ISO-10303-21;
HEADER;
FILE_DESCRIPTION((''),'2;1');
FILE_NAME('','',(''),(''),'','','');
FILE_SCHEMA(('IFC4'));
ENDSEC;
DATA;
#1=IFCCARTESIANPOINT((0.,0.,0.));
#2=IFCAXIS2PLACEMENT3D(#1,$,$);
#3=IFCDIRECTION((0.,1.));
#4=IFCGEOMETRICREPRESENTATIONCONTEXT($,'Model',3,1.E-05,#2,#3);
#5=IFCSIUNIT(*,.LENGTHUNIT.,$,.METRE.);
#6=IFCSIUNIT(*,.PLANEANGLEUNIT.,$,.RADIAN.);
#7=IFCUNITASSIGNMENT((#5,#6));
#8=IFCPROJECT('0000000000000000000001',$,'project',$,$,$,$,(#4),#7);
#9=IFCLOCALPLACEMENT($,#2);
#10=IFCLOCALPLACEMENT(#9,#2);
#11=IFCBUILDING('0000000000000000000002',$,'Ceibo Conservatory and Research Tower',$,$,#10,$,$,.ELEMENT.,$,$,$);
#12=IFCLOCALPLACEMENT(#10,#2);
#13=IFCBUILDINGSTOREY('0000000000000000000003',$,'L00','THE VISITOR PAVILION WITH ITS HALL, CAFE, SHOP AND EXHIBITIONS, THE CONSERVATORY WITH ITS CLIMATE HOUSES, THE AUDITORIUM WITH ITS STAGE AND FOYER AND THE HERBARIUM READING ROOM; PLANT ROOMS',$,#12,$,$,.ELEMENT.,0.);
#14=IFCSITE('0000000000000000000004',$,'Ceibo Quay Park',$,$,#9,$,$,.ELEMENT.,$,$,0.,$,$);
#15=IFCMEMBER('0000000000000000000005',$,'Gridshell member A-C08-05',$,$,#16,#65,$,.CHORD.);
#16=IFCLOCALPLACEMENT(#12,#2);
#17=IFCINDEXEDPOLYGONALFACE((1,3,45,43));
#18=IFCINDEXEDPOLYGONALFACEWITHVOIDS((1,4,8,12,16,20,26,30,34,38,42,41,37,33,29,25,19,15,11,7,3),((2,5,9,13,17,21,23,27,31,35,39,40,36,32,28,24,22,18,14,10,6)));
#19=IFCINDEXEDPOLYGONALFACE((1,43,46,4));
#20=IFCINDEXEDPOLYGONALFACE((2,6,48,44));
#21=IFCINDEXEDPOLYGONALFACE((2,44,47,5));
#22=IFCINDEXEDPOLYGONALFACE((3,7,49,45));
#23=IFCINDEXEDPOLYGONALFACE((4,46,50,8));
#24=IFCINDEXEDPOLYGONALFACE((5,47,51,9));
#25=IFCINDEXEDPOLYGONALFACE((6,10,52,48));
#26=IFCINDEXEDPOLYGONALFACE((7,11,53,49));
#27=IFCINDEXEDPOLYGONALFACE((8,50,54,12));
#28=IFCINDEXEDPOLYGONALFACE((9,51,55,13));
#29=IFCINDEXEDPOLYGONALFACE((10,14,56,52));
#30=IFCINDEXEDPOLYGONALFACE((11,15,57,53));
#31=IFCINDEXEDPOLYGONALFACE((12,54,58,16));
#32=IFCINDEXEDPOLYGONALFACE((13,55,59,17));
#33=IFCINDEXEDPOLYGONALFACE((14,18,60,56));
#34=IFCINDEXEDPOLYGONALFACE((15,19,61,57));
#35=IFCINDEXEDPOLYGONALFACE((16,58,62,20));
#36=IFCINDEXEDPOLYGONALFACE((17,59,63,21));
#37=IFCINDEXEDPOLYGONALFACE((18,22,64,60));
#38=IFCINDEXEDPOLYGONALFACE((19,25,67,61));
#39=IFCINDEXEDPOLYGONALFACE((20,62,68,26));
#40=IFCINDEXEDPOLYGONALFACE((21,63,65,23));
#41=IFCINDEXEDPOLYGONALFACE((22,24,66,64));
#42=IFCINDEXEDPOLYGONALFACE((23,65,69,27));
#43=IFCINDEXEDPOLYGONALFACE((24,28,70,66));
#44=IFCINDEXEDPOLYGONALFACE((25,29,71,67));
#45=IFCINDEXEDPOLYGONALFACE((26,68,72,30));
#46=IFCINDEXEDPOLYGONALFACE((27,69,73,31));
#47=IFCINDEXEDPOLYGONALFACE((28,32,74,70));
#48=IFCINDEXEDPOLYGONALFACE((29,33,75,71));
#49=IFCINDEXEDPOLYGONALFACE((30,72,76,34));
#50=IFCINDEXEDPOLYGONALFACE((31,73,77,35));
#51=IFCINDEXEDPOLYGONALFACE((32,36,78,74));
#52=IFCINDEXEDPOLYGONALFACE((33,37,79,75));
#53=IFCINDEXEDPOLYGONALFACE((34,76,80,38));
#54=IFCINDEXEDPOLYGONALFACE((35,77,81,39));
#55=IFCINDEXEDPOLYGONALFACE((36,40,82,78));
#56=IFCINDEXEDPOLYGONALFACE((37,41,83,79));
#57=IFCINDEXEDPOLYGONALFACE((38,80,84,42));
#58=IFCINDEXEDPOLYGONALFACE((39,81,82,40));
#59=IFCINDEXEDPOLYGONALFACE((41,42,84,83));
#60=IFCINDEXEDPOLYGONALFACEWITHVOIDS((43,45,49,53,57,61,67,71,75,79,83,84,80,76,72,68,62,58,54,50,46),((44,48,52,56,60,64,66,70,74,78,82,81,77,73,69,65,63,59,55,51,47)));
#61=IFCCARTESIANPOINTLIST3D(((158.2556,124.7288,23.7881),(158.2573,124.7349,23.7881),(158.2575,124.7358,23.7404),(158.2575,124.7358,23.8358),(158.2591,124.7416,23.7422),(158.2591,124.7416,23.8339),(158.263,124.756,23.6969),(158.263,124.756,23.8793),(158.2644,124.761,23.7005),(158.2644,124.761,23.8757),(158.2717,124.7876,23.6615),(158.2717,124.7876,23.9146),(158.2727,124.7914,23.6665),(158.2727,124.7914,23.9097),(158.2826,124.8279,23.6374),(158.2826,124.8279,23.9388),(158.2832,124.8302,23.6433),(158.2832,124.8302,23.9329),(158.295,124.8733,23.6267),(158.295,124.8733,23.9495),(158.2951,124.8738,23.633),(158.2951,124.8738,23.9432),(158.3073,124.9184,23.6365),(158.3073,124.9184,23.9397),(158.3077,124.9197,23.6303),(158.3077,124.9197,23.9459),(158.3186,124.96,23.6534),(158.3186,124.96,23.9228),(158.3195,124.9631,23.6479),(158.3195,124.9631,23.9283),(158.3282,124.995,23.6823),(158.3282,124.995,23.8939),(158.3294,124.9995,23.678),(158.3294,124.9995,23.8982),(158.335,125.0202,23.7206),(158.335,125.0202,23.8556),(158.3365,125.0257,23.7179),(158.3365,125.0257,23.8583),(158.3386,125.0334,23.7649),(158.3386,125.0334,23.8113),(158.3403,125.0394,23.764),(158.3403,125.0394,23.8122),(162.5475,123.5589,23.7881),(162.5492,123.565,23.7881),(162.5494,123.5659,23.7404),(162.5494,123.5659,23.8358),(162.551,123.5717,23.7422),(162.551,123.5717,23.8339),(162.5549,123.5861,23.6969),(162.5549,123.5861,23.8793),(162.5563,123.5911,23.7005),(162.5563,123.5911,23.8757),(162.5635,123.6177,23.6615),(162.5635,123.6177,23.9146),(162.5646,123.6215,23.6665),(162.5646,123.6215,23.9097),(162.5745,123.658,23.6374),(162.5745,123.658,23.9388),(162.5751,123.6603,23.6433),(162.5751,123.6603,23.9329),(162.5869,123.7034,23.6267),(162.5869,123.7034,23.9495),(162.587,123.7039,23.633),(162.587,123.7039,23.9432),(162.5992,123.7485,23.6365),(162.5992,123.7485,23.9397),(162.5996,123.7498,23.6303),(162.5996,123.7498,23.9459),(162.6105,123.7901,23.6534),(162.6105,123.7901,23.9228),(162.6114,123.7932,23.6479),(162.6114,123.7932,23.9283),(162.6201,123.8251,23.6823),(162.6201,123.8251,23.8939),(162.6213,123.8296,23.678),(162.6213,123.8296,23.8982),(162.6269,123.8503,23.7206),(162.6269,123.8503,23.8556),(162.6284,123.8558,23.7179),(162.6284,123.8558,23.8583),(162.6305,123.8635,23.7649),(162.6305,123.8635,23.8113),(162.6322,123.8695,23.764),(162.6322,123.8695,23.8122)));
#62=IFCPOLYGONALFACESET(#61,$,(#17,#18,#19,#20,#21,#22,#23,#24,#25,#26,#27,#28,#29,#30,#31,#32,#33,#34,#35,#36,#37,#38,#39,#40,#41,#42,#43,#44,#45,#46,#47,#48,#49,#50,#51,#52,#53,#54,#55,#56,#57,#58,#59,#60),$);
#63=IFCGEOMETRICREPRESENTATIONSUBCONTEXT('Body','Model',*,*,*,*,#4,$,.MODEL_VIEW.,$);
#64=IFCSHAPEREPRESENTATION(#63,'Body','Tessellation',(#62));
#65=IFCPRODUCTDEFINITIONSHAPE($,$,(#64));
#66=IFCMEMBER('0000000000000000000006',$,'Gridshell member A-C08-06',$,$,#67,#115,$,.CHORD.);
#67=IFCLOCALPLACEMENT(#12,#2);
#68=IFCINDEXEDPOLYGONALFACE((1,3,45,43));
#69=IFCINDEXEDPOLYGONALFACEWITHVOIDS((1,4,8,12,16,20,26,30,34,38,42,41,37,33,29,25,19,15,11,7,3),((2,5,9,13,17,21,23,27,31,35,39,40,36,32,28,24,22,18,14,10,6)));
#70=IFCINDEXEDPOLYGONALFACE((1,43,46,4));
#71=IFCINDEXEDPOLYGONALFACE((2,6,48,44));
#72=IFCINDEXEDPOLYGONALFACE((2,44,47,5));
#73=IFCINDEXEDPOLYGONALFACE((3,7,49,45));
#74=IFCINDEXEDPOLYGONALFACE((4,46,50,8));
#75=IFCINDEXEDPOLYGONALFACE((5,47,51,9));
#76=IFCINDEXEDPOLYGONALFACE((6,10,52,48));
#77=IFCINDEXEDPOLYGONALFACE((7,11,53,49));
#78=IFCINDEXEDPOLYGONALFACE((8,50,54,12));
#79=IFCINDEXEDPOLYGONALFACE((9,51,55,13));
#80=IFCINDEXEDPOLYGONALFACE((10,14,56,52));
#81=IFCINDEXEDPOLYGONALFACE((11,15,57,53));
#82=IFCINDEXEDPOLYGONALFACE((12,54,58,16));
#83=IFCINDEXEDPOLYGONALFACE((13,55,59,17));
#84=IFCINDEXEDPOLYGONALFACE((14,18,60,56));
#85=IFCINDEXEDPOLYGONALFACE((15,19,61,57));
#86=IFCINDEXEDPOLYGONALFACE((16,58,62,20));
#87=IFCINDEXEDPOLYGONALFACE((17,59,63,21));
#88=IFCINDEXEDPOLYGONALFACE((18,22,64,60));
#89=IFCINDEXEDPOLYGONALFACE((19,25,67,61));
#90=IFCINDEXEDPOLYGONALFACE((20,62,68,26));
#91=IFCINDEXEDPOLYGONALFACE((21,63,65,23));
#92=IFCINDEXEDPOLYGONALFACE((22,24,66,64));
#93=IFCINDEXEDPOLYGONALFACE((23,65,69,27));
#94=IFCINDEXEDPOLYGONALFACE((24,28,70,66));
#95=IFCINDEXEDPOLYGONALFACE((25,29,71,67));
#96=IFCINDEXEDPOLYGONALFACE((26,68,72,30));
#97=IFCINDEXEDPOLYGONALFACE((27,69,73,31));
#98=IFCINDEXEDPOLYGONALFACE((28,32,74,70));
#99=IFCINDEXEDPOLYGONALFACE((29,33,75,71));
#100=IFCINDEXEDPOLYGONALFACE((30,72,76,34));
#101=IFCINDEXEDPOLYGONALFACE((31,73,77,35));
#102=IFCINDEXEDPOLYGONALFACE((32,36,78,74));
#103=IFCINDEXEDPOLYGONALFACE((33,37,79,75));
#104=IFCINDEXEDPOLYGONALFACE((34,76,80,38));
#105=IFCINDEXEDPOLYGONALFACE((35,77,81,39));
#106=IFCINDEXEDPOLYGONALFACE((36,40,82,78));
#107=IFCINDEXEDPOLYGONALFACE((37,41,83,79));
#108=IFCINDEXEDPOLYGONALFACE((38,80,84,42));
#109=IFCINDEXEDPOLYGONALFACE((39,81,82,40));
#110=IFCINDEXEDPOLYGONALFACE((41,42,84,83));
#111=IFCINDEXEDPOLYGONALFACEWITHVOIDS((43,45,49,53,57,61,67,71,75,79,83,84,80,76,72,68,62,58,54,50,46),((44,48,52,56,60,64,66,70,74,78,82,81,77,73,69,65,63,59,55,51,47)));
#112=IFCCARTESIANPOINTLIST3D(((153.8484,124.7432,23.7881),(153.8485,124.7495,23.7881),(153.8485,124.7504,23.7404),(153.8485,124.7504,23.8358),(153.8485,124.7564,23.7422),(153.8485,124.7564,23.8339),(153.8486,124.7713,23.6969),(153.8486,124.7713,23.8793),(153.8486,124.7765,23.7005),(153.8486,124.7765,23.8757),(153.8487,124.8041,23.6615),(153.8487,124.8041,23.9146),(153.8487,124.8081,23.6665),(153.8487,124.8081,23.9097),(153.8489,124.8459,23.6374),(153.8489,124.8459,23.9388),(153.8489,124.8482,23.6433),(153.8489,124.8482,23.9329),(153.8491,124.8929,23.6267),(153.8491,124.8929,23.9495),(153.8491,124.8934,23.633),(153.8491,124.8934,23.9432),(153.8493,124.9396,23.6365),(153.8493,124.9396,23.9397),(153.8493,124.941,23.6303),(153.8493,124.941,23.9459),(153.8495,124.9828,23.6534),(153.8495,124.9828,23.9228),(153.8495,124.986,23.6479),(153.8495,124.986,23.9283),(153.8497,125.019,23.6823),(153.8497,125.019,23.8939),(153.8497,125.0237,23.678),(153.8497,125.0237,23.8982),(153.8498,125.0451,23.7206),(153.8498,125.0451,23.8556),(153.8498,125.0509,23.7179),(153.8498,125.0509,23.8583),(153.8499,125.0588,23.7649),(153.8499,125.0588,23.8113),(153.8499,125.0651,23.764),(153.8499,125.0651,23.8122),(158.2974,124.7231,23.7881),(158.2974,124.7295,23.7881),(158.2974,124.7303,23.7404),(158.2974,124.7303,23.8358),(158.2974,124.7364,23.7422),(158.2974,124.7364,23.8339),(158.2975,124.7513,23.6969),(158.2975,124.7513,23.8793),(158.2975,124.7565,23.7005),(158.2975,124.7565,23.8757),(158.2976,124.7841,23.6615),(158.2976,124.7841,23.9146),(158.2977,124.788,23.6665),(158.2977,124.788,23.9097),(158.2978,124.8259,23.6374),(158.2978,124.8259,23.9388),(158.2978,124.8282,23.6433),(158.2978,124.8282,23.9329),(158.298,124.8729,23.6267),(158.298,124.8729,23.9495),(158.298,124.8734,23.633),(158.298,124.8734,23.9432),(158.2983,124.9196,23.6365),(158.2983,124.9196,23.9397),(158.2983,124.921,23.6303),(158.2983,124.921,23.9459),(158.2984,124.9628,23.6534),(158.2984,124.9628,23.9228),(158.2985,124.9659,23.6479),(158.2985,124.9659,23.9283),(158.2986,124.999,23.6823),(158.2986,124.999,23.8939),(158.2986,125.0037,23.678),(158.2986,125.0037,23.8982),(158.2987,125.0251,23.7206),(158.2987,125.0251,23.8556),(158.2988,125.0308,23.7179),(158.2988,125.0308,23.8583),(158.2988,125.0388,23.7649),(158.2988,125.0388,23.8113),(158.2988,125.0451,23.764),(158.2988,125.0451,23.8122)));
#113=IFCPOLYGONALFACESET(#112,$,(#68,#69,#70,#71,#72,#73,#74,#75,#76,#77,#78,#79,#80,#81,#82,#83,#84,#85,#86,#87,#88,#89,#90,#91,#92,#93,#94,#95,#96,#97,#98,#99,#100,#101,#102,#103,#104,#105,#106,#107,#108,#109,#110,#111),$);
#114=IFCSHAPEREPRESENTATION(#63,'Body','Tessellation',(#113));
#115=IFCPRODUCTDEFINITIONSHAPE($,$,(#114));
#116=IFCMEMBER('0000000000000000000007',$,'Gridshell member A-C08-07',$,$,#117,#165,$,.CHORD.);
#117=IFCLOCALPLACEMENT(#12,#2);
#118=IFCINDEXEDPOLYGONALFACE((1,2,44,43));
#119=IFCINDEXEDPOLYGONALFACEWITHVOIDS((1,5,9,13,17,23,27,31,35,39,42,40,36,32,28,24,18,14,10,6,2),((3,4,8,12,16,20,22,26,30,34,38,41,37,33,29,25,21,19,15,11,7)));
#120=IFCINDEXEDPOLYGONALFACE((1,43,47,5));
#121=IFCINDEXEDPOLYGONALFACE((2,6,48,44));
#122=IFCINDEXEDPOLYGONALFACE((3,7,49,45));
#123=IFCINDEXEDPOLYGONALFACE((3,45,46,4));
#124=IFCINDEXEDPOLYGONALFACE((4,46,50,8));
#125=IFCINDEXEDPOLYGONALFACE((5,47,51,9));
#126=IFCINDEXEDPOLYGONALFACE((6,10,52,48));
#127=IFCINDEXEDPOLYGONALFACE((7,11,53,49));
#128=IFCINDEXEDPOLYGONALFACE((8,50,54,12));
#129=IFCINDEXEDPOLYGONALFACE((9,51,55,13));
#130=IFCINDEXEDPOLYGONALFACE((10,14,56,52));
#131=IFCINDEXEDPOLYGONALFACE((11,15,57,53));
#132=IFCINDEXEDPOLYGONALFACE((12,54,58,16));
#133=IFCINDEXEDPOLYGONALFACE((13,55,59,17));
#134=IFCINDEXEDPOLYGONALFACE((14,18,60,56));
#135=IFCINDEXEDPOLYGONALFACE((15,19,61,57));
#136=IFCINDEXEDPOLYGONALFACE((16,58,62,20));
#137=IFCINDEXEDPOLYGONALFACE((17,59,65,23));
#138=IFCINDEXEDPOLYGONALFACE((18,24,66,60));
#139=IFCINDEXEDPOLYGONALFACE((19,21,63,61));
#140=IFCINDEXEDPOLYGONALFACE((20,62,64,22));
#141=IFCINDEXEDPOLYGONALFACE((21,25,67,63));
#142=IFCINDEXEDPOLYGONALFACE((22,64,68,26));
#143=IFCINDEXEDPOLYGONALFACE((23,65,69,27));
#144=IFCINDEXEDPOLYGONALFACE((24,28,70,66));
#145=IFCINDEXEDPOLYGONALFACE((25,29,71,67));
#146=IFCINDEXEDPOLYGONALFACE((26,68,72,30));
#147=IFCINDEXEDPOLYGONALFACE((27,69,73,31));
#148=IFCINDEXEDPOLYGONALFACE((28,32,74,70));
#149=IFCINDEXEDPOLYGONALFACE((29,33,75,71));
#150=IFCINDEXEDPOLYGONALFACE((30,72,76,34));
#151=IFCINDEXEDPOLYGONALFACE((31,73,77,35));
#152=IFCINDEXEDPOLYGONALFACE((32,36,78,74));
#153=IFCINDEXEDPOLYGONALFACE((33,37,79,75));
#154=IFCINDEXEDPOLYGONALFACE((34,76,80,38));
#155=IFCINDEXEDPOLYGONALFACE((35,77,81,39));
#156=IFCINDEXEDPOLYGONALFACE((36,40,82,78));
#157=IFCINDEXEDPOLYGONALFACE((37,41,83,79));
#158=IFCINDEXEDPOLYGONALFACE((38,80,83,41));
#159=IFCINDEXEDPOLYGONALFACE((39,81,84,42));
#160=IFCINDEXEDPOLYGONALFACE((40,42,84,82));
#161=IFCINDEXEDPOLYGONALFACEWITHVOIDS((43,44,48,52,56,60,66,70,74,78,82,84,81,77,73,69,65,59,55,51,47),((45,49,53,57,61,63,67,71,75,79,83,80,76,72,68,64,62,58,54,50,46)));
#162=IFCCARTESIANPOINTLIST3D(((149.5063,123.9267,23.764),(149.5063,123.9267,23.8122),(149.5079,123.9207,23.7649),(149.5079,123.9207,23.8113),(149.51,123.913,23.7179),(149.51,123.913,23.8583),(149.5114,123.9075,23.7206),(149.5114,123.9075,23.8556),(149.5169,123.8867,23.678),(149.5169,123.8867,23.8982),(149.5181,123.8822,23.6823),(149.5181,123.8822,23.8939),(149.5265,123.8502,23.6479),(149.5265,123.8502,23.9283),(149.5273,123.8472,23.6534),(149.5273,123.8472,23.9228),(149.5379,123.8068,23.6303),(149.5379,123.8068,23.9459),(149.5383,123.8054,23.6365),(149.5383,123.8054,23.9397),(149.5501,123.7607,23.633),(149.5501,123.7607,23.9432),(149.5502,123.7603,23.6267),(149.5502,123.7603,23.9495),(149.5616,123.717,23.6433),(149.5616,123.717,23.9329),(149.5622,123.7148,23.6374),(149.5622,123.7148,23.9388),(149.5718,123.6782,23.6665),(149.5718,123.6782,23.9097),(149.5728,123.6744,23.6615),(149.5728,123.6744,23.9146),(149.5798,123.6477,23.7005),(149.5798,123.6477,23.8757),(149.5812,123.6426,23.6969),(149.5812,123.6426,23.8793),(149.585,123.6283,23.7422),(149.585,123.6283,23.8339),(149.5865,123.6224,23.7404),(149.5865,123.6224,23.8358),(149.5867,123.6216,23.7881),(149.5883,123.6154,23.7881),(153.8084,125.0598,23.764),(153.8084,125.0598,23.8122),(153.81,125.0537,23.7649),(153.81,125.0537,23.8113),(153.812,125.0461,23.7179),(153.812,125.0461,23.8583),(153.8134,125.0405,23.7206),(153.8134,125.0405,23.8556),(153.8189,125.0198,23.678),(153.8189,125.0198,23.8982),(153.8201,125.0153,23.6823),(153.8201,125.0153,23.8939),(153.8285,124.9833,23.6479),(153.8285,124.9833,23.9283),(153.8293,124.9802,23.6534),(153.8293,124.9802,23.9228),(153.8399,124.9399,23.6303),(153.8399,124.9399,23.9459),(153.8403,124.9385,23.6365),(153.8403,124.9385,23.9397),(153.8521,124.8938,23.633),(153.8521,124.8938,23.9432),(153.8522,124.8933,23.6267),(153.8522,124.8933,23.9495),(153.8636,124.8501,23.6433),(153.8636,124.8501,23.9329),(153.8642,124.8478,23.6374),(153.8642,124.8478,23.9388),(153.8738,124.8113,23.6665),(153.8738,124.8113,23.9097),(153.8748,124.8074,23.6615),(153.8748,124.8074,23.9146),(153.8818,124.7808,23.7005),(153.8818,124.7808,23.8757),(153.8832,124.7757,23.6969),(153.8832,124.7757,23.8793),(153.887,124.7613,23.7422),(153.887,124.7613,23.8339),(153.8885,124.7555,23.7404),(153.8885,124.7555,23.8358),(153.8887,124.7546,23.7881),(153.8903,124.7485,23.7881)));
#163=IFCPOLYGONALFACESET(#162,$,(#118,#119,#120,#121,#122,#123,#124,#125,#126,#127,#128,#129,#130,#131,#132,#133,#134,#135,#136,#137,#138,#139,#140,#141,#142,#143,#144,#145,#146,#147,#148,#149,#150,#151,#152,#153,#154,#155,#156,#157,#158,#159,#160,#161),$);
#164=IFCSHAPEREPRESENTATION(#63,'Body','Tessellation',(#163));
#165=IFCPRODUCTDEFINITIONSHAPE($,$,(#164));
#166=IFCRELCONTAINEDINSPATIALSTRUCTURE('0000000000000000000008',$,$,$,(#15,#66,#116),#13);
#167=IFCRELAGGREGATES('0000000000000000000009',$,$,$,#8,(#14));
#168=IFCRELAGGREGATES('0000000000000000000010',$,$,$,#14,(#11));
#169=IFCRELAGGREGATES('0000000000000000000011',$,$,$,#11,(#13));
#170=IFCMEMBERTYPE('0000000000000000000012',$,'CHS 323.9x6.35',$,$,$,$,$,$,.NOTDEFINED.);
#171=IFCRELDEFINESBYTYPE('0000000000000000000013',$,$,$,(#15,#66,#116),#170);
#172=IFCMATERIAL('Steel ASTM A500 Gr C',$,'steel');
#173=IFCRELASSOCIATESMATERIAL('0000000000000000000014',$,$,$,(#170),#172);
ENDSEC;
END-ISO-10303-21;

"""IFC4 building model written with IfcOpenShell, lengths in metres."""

from ifc_helpers import new_model, si_unit, direction, frame, origin, origin_2d, place, context, subcontext, project, spatial, hollow_circle, extrude, material, material_profile, profile_set, type_object, element, save


model = new_model("IFC4")

# Units and contexts
model_context = context("Model", 3, precision=1e-05, world=origin(), true_north=direction((0.0, 1.0)))
body_context = subcontext(model_context, "Body", "Model", "MODEL_VIEW")
ifc_project = project(units=[si_unit("LENGTHUNIT", "METRE"), si_unit("PLANEANGLEUNIT", "RADIAN")], contexts=[model_context])

# Site, building, storey
site_placement = place(None, origin())
site = spatial("IfcSite", under=ifc_project, at=site_placement, Name="Ceibo Quay Park", CompositionType="ELEMENT", RefElevation=0.0)
building_placement = place(site_placement, origin())
building = spatial("IfcBuilding", under=site, at=building_placement, Name="Ceibo Conservatory and Research Tower", CompositionType="ELEMENT")
storey_placement = place(building_placement, origin())
storey = spatial("IfcBuildingStorey", under=building, at=storey_placement, Name="L00", Description="THE VISITOR PAVILION WITH ITS HALL, CAFE, SHOP AND EXHIBITIONS, THE CONSERVATORY WITH ITS CLIMATE HOUSES, THE AUDITORIUM WITH ITS STAGE AND FOYER AND THE HERBARIUM READING ROOM; PLANT ROOMS", CompositionType="ELEMENT", Elevation=0.0)

# Members
ifc_material_1 = material(Name="Steel ASTM A500 Gr C", Category="steel")
ifc_material_profile_1 = material_profile(ifc_material_1, hollow_circle(Radius=0.1619, WallThickness=0.0063, at=origin_2d()), Name="CHS 323.9x6.35")
ifc_profile_set_1 = profile_set([ifc_material_profile_1], Name="Steel ASTM A500 Gr C")
member_type_1 = type_object("IfcMemberType", Name="CHS 323.9x6.35", PredefinedType="NOTDEFINED", material=ifc_profile_set_1)
member_1_placement = place(storey_placement, frame((162.5901, 123.7151, 23.7881), z_axis=(-0.964799, 0.262987, 0.0), x_axis=(-0.262987, -0.964799, 0.0)))
element("IfcMember", 1, at=member_1_placement, inside=storey, type_object=member_type_1, Name="Gridshell member A-C08-05", PredefinedType="CHORD", context=body_context, shape_type="SweptSolid", body=[
    extrude(hollow_circle(Radius=0.1619, WallThickness=0.0063, at=origin_2d()), origin(), (0.0, 0.0, 1.0), 4.4485),
])
member_2_placement = place(storey_placement, frame((158.2981, 124.885, 23.7881), z_axis=(-0.99999, 0.0045, 0.0), x_axis=(-0.0045, -0.99999, 0.0)))
element("IfcMember", 2, at=member_2_placement, inside=storey, type_object=member_type_1, Name="Gridshell member A-C08-06", PredefinedType="CHORD", context=body_context, shape_type="SweptSolid", body=[
    extrude(hollow_circle(Radius=0.1619, WallThickness=0.0063, at=origin_2d()), origin(), (0.0, 0.0, 1.0), 4.449),
])
member_3_placement = place(storey_placement, frame((153.8491, 124.905, 23.7881), z_axis=(-0.967022, -0.254693, 0.0), x_axis=(0.254693, -0.967022, 0.0)))
element("IfcMember", 3, at=member_3_placement, inside=storey, type_object=member_type_1, Name="Gridshell member A-C08-07", PredefinedType="CHORD", context=body_context, shape_type="SweptSolid", body=[
    extrude(hollow_circle(Radius=0.1619, WallThickness=0.0063, at=origin_2d()), origin(), (0.0, 0.0, 1.0), 4.4487),
])

save(model, "model.ifc")
